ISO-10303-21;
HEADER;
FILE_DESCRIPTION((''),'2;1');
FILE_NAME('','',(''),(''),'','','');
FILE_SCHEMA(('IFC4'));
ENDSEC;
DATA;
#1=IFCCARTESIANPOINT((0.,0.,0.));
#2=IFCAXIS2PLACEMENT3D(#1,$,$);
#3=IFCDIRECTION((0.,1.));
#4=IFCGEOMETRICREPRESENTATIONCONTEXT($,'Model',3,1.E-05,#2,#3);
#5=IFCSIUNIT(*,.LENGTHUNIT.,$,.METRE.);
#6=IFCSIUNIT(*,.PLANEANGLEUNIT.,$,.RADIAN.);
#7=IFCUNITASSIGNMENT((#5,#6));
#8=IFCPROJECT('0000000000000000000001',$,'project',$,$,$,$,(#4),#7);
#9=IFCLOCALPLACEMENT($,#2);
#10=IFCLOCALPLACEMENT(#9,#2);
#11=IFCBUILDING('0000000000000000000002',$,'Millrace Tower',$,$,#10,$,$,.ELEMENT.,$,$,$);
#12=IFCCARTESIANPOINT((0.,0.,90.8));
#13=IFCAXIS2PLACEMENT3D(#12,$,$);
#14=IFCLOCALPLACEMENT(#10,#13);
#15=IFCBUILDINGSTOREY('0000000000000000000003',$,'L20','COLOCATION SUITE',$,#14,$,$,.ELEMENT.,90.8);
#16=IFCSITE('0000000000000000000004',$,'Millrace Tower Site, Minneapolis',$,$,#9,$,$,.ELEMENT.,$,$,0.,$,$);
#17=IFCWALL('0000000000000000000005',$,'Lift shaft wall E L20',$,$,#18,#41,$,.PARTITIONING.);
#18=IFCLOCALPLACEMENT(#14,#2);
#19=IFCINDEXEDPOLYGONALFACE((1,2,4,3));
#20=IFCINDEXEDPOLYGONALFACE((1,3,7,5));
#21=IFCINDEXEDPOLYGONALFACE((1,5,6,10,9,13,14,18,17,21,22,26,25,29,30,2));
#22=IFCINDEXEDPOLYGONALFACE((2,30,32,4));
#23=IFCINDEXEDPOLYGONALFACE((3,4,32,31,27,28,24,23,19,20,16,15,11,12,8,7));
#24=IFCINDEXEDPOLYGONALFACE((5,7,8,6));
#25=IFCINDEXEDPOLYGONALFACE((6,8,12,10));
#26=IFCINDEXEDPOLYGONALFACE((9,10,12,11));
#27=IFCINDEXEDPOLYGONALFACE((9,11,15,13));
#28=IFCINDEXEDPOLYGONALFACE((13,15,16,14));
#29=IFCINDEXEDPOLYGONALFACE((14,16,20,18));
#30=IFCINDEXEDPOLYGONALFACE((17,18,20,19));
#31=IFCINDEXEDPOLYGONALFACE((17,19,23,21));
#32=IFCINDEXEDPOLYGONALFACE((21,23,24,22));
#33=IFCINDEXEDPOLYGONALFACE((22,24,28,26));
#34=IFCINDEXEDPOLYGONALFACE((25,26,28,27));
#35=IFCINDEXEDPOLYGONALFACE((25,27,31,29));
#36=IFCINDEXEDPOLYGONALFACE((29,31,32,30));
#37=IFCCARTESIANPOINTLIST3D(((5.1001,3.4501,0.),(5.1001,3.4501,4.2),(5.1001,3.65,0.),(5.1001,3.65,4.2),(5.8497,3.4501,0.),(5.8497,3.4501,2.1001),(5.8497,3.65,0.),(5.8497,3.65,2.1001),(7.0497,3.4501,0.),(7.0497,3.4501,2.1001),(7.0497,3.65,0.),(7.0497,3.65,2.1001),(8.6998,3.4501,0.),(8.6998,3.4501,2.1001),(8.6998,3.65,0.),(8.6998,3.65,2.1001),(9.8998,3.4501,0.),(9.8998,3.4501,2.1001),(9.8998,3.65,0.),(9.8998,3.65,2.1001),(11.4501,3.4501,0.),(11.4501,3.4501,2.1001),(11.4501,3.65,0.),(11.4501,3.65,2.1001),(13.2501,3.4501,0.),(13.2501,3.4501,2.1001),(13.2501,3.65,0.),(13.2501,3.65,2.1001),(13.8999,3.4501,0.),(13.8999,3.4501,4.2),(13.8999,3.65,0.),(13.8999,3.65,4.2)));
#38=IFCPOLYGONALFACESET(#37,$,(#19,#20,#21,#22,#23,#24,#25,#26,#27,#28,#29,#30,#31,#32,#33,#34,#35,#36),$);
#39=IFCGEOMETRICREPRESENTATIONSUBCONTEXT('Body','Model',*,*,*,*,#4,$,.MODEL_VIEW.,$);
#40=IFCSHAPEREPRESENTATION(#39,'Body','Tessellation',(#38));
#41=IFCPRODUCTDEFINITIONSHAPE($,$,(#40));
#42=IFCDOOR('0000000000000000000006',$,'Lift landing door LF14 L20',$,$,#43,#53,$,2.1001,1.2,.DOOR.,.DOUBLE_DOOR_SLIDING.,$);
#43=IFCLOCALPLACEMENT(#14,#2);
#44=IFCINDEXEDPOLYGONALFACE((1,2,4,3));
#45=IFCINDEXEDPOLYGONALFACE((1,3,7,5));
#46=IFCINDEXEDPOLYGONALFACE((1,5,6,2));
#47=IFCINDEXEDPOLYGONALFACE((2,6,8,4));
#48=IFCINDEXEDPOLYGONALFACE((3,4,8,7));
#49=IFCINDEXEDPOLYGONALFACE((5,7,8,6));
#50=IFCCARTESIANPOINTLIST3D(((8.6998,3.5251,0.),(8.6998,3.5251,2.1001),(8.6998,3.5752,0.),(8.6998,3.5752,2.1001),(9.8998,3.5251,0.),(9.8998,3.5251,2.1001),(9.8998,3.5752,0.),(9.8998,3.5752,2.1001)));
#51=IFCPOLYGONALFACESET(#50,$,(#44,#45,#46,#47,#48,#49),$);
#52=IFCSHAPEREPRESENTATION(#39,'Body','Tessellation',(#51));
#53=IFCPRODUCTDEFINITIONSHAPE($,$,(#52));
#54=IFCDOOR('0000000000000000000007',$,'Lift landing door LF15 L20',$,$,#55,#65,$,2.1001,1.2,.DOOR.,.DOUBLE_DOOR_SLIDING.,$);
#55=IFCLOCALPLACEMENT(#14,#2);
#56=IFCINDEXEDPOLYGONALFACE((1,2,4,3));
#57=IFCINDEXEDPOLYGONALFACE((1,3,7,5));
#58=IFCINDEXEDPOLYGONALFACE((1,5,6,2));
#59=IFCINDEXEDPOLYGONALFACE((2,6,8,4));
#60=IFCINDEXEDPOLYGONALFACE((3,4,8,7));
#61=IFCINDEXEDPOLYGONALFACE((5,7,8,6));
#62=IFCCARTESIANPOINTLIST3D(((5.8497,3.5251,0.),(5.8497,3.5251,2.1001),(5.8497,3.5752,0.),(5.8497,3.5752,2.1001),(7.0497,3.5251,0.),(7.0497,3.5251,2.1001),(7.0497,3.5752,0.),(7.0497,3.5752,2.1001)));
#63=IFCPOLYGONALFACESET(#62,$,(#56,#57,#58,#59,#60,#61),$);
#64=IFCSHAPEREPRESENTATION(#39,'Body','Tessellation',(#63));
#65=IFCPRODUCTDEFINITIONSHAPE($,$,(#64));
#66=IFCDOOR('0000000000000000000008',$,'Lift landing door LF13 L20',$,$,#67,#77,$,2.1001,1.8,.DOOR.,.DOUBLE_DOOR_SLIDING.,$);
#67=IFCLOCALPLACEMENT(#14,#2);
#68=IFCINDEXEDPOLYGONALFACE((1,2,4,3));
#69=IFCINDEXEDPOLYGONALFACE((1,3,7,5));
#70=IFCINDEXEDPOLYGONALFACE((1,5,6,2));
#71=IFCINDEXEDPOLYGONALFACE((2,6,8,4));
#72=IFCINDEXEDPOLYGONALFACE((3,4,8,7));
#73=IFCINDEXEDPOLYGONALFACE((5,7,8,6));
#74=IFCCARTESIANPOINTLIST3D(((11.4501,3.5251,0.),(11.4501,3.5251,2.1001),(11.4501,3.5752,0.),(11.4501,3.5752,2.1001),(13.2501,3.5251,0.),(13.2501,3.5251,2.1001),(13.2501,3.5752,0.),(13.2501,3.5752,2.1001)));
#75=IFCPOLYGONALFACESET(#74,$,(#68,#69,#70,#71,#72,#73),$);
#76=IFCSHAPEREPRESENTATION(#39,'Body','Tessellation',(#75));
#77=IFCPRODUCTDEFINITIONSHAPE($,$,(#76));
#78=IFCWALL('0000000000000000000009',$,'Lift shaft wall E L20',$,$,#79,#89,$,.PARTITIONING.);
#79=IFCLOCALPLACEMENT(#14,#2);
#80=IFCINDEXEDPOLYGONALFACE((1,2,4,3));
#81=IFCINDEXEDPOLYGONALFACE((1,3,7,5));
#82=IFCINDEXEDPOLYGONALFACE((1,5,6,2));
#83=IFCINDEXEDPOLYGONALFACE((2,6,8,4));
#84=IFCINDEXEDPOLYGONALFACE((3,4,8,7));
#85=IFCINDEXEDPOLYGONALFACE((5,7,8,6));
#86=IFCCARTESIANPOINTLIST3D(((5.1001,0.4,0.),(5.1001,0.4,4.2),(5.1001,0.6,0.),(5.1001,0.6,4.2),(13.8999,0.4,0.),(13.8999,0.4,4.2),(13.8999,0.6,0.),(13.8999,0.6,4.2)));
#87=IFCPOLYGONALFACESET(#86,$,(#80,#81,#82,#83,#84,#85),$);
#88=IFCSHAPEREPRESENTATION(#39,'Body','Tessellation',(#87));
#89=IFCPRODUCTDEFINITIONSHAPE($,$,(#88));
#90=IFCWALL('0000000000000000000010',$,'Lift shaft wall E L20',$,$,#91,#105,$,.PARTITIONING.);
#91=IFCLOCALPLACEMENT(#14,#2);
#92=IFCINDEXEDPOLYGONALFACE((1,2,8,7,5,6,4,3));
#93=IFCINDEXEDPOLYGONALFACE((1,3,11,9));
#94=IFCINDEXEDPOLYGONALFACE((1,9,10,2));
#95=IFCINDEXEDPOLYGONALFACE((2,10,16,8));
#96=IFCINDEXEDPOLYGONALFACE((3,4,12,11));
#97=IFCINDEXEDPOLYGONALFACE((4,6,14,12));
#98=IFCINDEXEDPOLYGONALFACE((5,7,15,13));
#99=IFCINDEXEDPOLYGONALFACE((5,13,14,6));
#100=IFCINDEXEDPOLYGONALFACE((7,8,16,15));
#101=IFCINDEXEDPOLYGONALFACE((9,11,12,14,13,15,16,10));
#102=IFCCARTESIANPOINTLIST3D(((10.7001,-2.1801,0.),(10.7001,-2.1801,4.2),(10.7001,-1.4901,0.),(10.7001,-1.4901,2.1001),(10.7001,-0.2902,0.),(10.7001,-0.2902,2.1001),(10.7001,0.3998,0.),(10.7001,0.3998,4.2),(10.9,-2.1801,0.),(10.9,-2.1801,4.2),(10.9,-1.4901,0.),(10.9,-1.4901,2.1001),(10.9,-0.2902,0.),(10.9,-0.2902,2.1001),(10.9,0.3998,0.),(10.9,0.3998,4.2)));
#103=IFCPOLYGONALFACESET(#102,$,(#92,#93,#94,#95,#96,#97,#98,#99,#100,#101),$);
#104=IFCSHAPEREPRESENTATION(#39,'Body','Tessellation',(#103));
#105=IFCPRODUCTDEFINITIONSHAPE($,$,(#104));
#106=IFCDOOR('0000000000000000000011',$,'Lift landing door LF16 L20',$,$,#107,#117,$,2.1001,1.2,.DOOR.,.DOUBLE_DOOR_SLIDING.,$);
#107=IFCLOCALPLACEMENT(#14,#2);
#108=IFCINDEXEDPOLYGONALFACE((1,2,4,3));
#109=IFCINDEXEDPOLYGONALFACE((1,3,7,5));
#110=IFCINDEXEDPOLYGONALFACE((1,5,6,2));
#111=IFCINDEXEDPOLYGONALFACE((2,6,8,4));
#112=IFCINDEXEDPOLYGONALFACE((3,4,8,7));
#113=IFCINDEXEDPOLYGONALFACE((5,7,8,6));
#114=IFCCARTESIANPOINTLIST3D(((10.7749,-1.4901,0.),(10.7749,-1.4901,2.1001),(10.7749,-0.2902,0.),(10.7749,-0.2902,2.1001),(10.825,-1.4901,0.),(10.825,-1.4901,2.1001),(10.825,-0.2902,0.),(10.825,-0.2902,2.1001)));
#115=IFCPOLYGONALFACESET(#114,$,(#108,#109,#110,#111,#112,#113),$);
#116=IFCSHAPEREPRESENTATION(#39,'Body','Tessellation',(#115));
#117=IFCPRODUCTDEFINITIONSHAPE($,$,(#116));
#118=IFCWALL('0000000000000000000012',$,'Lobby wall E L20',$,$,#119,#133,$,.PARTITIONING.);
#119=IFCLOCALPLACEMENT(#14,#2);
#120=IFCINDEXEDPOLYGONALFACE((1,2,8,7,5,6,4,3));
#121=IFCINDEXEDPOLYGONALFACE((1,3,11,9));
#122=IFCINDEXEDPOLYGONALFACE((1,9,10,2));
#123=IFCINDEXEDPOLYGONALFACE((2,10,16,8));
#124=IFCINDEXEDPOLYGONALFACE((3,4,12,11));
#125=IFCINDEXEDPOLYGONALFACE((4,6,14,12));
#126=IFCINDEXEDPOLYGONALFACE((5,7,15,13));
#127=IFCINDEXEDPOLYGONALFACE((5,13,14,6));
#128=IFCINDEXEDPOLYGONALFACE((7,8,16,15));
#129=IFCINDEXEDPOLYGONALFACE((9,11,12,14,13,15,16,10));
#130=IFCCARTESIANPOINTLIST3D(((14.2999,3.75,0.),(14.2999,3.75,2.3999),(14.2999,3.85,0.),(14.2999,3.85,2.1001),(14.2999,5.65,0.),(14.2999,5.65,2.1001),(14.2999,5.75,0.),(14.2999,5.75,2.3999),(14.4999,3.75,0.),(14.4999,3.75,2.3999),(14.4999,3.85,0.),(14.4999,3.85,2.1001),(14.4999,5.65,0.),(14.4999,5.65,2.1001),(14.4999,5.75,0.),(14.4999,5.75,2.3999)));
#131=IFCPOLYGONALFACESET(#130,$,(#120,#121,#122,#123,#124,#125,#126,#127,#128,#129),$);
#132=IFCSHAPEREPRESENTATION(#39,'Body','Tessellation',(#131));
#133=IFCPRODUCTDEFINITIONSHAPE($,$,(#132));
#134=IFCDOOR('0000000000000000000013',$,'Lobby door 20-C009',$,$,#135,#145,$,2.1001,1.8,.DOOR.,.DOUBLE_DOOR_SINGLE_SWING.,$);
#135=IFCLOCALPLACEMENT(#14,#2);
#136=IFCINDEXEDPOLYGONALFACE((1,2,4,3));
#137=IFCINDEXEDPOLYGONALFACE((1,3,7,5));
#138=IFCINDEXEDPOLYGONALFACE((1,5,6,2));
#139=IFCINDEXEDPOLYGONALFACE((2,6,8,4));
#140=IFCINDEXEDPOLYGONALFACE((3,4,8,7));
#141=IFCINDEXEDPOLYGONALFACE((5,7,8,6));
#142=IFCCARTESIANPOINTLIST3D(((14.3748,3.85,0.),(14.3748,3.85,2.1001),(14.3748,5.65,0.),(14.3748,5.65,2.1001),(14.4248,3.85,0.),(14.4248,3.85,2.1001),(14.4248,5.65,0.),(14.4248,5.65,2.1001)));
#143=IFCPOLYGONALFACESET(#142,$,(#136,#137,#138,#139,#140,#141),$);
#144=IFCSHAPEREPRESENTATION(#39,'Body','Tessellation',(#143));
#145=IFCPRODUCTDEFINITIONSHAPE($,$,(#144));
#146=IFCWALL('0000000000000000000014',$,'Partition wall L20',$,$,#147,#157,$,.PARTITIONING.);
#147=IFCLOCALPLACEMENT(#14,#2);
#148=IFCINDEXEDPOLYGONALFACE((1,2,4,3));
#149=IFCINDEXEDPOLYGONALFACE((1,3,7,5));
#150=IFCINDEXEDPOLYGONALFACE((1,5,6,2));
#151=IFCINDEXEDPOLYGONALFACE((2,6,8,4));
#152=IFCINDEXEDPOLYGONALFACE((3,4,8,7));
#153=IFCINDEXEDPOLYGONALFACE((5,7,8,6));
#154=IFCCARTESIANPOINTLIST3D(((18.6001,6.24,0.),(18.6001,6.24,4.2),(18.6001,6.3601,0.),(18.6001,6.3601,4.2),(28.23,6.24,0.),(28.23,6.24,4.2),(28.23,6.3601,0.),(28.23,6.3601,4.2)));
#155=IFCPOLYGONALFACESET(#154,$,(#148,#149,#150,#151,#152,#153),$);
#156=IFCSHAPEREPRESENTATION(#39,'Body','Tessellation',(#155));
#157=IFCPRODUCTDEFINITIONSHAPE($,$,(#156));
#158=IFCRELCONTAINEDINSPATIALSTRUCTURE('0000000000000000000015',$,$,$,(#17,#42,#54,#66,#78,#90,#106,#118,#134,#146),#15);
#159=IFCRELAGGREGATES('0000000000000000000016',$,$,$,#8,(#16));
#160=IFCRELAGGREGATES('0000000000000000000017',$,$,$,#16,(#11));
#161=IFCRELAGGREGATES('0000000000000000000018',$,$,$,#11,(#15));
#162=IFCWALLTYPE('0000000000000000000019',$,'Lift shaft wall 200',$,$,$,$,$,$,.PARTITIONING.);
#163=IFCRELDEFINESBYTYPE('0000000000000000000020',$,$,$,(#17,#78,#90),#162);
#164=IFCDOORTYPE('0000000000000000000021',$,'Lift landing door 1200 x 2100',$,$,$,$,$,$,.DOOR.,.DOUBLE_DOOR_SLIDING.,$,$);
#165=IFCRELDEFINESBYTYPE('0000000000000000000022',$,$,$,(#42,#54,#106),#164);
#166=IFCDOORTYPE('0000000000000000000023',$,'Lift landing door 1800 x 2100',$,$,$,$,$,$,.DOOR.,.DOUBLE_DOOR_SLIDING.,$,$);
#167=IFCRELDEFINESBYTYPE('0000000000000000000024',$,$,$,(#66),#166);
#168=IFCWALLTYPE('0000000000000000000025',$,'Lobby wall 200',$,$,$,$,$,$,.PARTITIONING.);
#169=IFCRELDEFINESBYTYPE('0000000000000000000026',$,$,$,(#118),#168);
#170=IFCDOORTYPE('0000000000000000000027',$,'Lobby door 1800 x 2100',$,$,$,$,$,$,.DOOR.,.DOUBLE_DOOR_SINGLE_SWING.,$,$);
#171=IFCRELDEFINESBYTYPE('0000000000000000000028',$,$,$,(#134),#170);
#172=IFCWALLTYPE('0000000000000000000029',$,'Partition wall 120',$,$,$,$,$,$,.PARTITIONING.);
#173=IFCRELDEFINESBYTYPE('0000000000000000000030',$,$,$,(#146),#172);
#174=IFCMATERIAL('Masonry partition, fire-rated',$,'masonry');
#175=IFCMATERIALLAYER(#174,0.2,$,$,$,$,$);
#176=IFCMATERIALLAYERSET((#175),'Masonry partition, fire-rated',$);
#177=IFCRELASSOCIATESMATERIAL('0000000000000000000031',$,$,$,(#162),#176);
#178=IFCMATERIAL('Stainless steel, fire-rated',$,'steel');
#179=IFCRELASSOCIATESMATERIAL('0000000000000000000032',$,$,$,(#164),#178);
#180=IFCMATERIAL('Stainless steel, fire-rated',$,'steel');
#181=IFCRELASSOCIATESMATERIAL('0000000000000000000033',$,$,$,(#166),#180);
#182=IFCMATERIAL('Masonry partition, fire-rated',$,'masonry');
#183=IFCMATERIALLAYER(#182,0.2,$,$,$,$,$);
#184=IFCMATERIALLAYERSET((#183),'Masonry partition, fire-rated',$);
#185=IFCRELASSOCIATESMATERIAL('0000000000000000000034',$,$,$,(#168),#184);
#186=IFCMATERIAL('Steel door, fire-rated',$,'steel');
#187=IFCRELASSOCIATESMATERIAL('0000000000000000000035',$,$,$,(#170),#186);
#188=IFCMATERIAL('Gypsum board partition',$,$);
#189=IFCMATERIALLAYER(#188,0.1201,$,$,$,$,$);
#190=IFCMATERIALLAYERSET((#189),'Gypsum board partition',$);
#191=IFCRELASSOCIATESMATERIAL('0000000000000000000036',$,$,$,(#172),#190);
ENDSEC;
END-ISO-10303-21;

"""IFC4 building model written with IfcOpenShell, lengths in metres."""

from ifc_helpers import new_model, si_unit, direction, frame, frame_2d, origin, place, context, subcontext, project, spatial, rectangle, extrude, material, layer, layer_set, type_object, element, fill, save


model = new_model("IFC4")

# Units and contexts
model_context = context("Model", 3, precision=1e-05, world=origin(), true_north=direction((0.0, 1.0)))
body_context = subcontext(model_context, "Body", "Model", "MODEL_VIEW")
ifc_project = project(units=[si_unit("LENGTHUNIT", "METRE"), si_unit("PLANEANGLEUNIT", "RADIAN")], contexts=[model_context])

# Site, building, storey
site_placement = place(None, origin())
site = spatial("IfcSite", under=ifc_project, at=site_placement, Name="Millrace Tower Site, Minneapolis", CompositionType="ELEMENT", RefElevation=0.0)
building_placement = place(site_placement, origin())
building = spatial("IfcBuilding", under=site, at=building_placement, Name="Millrace Tower", CompositionType="ELEMENT")
storey_placement = place(building_placement, frame((0.0, 0.0, 90.8)))
storey = spatial("IfcBuildingStorey", under=building, at=storey_placement, Name="L20", Description="COLOCATION SUITE", CompositionType="ELEMENT", Elevation=90.8)

# Shared definitions
ifc_material_1 = material(Name="Masonry partition, fire-rated", Category="masonry")
ifc_layer_1 = layer(ifc_material_1, 0.2)
ifc_layer_set_1 = layer_set([ifc_layer_1], Name="Masonry partition, fire-rated")
wall_type_1 = type_object("IfcWallType", Name="Lift shaft wall 200", PredefinedType="PARTITIONING", material=ifc_layer_set_1)

# Wall, openings, doors
wall_1_placement = place(storey_placement, frame((13.8999, 3.55, 0.0), z_axis=(0.0, 0.0, 1.0), x_axis=(-1.0, 0.0, 0.0)))
wall_1 = element("IfcWall", 1, at=wall_1_placement, inside=storey, type_object=wall_type_1, Name="Lift shaft wall E L20", PredefinedType="PARTITIONING", context=body_context, shape_type="SweptSolid", body=[
    extrude(rectangle(XDim=8.7998, YDim=0.2, at=frame_2d((4.3999, 0.0))), origin(), (0.0, 0.0, 1.0), 4.2),
])
opening_1_placement = place(wall_1_placement, frame((0.6499, 0.0, 0.0)))
opening_1 = element("IfcOpeningElement", 2, at=opening_1_placement, cuts=wall_1, PredefinedType="OPENING", context=body_context, shape_type="SweptSolid", body=[
    extrude(rectangle(XDim=1.8, YDim=2.1001, at=frame_2d((0.8999, 1.05))), frame((0.0, 0.1099, 0.0), z_axis=(0.0, -1.0, 0.0), x_axis=(1.0, 0.0, 0.0)), (0.0, 0.0, 1.0), 0.22),
])
opening_2_placement = place(wall_1_placement, frame((4.0, 0.0, 0.0)))
opening_2 = element("IfcOpeningElement", 3, at=opening_2_placement, cuts=wall_1, PredefinedType="OPENING", context=body_context, shape_type="SweptSolid", body=[
    extrude(rectangle(XDim=1.2, YDim=2.1001, at=frame_2d((0.6001, 1.05))), frame((0.0, 0.1099, 0.0), z_axis=(0.0, -1.0, 0.0), x_axis=(1.0, 0.0, 0.0)), (0.0, 0.0, 1.0), 0.22),
])
opening_3_placement = place(wall_1_placement, frame((6.8501, 0.0, 0.0)))
opening_3 = element("IfcOpeningElement", 4, at=opening_3_placement, cuts=wall_1, PredefinedType="OPENING", context=body_context, shape_type="SweptSolid", body=[
    extrude(rectangle(XDim=1.2, YDim=2.1001, at=frame_2d((0.6001, 1.05))), frame((0.0, 0.1099, 0.0), z_axis=(0.0, -1.0, 0.0), x_axis=(1.0, 0.0, 0.0)), (0.0, 0.0, 1.0), 0.22),
])
ifc_material_2 = material(Name="Stainless steel, fire-rated", Category="steel")
door_type_1 = type_object("IfcDoorType", Name="Lift landing door 1200 x 2100", OperationType="DOUBLE_DOOR_SLIDING", PredefinedType="DOOR", material=ifc_material_2)
door_1_placement = place(opening_2_placement, origin())
door_1 = element("IfcDoor", 5, at=door_1_placement, inside=storey, type_object=door_type_1, Name="Lift landing door LF14 L20", OperationType="DOUBLE_DOOR_SLIDING", OverallHeight=2.1001, OverallWidth=1.2, PredefinedType="DOOR", context=body_context, shape_type="SweptSolid", body=[
    extrude(rectangle(XDim=1.2, YDim=2.1001, at=frame_2d((0.6001, 1.05))), frame((0.0, 0.0249, 0.0), z_axis=(0.0, -1.0, 0.0), x_axis=(1.0, 0.0, 0.0)), (0.0, 0.0, 1.0), 0.05),
])
fill(opening_2, door_1)
door_2_placement = place(opening_3_placement, origin())
door_2 = element("IfcDoor", 6, at=door_2_placement, inside=storey, type_object=door_type_1, Name="Lift landing door LF15 L20", OperationType="DOUBLE_DOOR_SLIDING", OverallHeight=2.1001, OverallWidth=1.2, PredefinedType="DOOR", context=body_context, shape_type="SweptSolid", body=[
    extrude(rectangle(XDim=1.2, YDim=2.1001, at=frame_2d((0.6001, 1.05))), frame((0.0, 0.0249, 0.0), z_axis=(0.0, -1.0, 0.0), x_axis=(1.0, 0.0, 0.0)), (0.0, 0.0, 1.0), 0.05),
])
fill(opening_3, door_2)
ifc_material_3 = material(Name="Stainless steel, fire-rated", Category="steel")
door_type_2 = type_object("IfcDoorType", Name="Lift landing door 1800 x 2100", OperationType="DOUBLE_DOOR_SLIDING", PredefinedType="DOOR", material=ifc_material_3)
door_3_placement = place(opening_1_placement, origin())
door_3 = element("IfcDoor", 7, at=door_3_placement, inside=storey, type_object=door_type_2, Name="Lift landing door LF13 L20", OperationType="DOUBLE_DOOR_SLIDING", OverallHeight=2.1001, OverallWidth=1.8, PredefinedType="DOOR", context=body_context, shape_type="SweptSolid", body=[
    extrude(rectangle(XDim=1.8, YDim=2.1001, at=frame_2d((0.8999, 1.05))), frame((0.0, 0.0249, 0.0), z_axis=(0.0, -1.0, 0.0), x_axis=(1.0, 0.0, 0.0)), (0.0, 0.0, 1.0), 0.05),
])
fill(opening_1, door_3)

# Wall
wall_2_placement = place(storey_placement, frame((13.8999, 0.5, 0.0), z_axis=(0.0, 0.0, 1.0), x_axis=(-1.0, 0.0, 0.0)))
element("IfcWall", 8, at=wall_2_placement, inside=storey, type_object=wall_type_1, Name="Lift shaft wall E L20", PredefinedType="PARTITIONING", context=body_context, shape_type="SweptSolid", body=[
    extrude(rectangle(XDim=8.7998, YDim=0.2, at=frame_2d((4.3999, 0.0))), origin(), (0.0, 0.0, 1.0), 4.2),
])

# Walls, openings, doors
wall_3_placement = place(storey_placement, frame((10.8, 0.3999, 0.0), z_axis=(0.0, 0.0, 1.0), x_axis=(0.0, -1.0, 0.0)))
wall_3 = element("IfcWall", 9, at=wall_3_placement, inside=storey, type_object=wall_type_1, Name="Lift shaft wall E L20", PredefinedType="PARTITIONING", context=body_context, shape_type="SweptSolid", body=[
    extrude(rectangle(XDim=2.5798, YDim=0.2, at=frame_2d((1.29, 0.0))), origin(), (0.0, 0.0, 1.0), 4.2),
])
opening_4_placement = place(wall_3_placement, frame((0.6899, 0.0, 0.0)))
opening_4 = element("IfcOpeningElement", 10, at=opening_4_placement, cuts=wall_3, PredefinedType="OPENING", context=body_context, shape_type="SweptSolid", body=[
    extrude(rectangle(XDim=1.2, YDim=2.1001, at=frame_2d((0.6001, 1.05))), frame((0.0, 0.1099, 0.0), z_axis=(0.0, -1.0, 0.0), x_axis=(1.0, 0.0, 0.0)), (0.0, 0.0, 1.0), 0.22),
])
door_4_placement = place(opening_4_placement, origin())
door_4 = element("IfcDoor", 11, at=door_4_placement, inside=storey, type_object=door_type_1, Name="Lift landing door LF16 L20", OperationType="DOUBLE_DOOR_SLIDING", OverallHeight=2.1001, OverallWidth=1.2, PredefinedType="DOOR", context=body_context, shape_type="SweptSolid", body=[
    extrude(rectangle(XDim=1.2, YDim=2.1001, at=frame_2d((0.6001, 1.05))), frame((0.0, 0.0249, 0.0), z_axis=(0.0, -1.0, 0.0), x_axis=(1.0, 0.0, 0.0)), (0.0, 0.0, 1.0), 0.05),
])
fill(opening_4, door_4)
ifc_material_4 = material(Name="Masonry partition, fire-rated", Category="masonry")
ifc_layer_2 = layer(ifc_material_4, 0.2)
ifc_layer_set_2 = layer_set([ifc_layer_2], Name="Masonry partition, fire-rated")
wall_type_2 = type_object("IfcWallType", Name="Lobby wall 200", PredefinedType="PARTITIONING", material=ifc_layer_set_2)
wall_4_placement = place(storey_placement, frame((14.3999, 5.75, 0.0), z_axis=(0.0, 0.0, 1.0), x_axis=(0.0, -1.0, 0.0)))
wall_4 = element("IfcWall", 12, at=wall_4_placement, inside=storey, type_object=wall_type_2, Name="Lobby wall E L20", PredefinedType="PARTITIONING", context=body_context, shape_type="SweptSolid", body=[
    extrude(rectangle(XDim=2.0, YDim=0.2, at=frame_2d((1.0, 0.0))), origin(), (0.0, 0.0, 1.0), 2.3999),
])
opening_5_placement = place(wall_4_placement, frame((0.1001, 0.0, 0.0)))
opening_5 = element("IfcOpeningElement", 13, at=opening_5_placement, cuts=wall_4, PredefinedType="OPENING", context=body_context, shape_type="SweptSolid", body=[
    extrude(rectangle(XDim=1.8, YDim=2.1001, at=frame_2d((0.8999, 1.05))), frame((0.0, 0.1099, 0.0), z_axis=(0.0, -1.0, 0.0), x_axis=(1.0, 0.0, 0.0)), (0.0, 0.0, 1.0), 0.22),
])
ifc_material_5 = material(Name="Steel door, fire-rated", Category="steel")
door_type_3 = type_object("IfcDoorType", Name="Lobby door 1800 x 2100", OperationType="DOUBLE_DOOR_SINGLE_SWING", PredefinedType="DOOR", material=ifc_material_5)
door_5_placement = place(opening_5_placement, origin())
door_5 = element("IfcDoor", 14, at=door_5_placement, inside=storey, type_object=door_type_3, Name="Lobby door 20-C009", OperationType="DOUBLE_DOOR_SINGLE_SWING", OverallHeight=2.1001, OverallWidth=1.8, PredefinedType="DOOR", context=body_context, shape_type="SweptSolid", body=[
    extrude(rectangle(XDim=1.8, YDim=2.1001, at=frame_2d((0.8999, 1.05))), frame((0.0, 0.0249, 0.0), z_axis=(0.0, -1.0, 0.0), x_axis=(1.0, 0.0, 0.0)), (0.0, 0.0, 1.0), 0.05),
])
fill(opening_5, door_5)

# Wall
ifc_material_6 = material(Name="Gypsum board partition")
ifc_layer_3 = layer(ifc_material_6, 0.1201)
ifc_layer_set_3 = layer_set([ifc_layer_3], Name="Gypsum board partition")
wall_type_3 = type_object("IfcWallType", Name="Partition wall 120", PredefinedType="PARTITIONING", material=ifc_layer_set_3)
wall_5_placement = place(storey_placement, frame((18.6001, 6.3, 0.0), z_axis=(0.0, 0.0, 1.0), x_axis=(1.0, 0.0, 0.0)))
element("IfcWall", 15, at=wall_5_placement, inside=storey, type_object=wall_type_3, Name="Partition wall L20", PredefinedType="PARTITIONING", context=body_context, shape_type="SweptSolid", body=[
    extrude(rectangle(XDim=9.6299, YDim=0.1201, at=frame_2d((4.8149, 0.0))), origin(), (0.0, 0.0, 1.0), 4.2),
])

save(model, "model.ifc")
